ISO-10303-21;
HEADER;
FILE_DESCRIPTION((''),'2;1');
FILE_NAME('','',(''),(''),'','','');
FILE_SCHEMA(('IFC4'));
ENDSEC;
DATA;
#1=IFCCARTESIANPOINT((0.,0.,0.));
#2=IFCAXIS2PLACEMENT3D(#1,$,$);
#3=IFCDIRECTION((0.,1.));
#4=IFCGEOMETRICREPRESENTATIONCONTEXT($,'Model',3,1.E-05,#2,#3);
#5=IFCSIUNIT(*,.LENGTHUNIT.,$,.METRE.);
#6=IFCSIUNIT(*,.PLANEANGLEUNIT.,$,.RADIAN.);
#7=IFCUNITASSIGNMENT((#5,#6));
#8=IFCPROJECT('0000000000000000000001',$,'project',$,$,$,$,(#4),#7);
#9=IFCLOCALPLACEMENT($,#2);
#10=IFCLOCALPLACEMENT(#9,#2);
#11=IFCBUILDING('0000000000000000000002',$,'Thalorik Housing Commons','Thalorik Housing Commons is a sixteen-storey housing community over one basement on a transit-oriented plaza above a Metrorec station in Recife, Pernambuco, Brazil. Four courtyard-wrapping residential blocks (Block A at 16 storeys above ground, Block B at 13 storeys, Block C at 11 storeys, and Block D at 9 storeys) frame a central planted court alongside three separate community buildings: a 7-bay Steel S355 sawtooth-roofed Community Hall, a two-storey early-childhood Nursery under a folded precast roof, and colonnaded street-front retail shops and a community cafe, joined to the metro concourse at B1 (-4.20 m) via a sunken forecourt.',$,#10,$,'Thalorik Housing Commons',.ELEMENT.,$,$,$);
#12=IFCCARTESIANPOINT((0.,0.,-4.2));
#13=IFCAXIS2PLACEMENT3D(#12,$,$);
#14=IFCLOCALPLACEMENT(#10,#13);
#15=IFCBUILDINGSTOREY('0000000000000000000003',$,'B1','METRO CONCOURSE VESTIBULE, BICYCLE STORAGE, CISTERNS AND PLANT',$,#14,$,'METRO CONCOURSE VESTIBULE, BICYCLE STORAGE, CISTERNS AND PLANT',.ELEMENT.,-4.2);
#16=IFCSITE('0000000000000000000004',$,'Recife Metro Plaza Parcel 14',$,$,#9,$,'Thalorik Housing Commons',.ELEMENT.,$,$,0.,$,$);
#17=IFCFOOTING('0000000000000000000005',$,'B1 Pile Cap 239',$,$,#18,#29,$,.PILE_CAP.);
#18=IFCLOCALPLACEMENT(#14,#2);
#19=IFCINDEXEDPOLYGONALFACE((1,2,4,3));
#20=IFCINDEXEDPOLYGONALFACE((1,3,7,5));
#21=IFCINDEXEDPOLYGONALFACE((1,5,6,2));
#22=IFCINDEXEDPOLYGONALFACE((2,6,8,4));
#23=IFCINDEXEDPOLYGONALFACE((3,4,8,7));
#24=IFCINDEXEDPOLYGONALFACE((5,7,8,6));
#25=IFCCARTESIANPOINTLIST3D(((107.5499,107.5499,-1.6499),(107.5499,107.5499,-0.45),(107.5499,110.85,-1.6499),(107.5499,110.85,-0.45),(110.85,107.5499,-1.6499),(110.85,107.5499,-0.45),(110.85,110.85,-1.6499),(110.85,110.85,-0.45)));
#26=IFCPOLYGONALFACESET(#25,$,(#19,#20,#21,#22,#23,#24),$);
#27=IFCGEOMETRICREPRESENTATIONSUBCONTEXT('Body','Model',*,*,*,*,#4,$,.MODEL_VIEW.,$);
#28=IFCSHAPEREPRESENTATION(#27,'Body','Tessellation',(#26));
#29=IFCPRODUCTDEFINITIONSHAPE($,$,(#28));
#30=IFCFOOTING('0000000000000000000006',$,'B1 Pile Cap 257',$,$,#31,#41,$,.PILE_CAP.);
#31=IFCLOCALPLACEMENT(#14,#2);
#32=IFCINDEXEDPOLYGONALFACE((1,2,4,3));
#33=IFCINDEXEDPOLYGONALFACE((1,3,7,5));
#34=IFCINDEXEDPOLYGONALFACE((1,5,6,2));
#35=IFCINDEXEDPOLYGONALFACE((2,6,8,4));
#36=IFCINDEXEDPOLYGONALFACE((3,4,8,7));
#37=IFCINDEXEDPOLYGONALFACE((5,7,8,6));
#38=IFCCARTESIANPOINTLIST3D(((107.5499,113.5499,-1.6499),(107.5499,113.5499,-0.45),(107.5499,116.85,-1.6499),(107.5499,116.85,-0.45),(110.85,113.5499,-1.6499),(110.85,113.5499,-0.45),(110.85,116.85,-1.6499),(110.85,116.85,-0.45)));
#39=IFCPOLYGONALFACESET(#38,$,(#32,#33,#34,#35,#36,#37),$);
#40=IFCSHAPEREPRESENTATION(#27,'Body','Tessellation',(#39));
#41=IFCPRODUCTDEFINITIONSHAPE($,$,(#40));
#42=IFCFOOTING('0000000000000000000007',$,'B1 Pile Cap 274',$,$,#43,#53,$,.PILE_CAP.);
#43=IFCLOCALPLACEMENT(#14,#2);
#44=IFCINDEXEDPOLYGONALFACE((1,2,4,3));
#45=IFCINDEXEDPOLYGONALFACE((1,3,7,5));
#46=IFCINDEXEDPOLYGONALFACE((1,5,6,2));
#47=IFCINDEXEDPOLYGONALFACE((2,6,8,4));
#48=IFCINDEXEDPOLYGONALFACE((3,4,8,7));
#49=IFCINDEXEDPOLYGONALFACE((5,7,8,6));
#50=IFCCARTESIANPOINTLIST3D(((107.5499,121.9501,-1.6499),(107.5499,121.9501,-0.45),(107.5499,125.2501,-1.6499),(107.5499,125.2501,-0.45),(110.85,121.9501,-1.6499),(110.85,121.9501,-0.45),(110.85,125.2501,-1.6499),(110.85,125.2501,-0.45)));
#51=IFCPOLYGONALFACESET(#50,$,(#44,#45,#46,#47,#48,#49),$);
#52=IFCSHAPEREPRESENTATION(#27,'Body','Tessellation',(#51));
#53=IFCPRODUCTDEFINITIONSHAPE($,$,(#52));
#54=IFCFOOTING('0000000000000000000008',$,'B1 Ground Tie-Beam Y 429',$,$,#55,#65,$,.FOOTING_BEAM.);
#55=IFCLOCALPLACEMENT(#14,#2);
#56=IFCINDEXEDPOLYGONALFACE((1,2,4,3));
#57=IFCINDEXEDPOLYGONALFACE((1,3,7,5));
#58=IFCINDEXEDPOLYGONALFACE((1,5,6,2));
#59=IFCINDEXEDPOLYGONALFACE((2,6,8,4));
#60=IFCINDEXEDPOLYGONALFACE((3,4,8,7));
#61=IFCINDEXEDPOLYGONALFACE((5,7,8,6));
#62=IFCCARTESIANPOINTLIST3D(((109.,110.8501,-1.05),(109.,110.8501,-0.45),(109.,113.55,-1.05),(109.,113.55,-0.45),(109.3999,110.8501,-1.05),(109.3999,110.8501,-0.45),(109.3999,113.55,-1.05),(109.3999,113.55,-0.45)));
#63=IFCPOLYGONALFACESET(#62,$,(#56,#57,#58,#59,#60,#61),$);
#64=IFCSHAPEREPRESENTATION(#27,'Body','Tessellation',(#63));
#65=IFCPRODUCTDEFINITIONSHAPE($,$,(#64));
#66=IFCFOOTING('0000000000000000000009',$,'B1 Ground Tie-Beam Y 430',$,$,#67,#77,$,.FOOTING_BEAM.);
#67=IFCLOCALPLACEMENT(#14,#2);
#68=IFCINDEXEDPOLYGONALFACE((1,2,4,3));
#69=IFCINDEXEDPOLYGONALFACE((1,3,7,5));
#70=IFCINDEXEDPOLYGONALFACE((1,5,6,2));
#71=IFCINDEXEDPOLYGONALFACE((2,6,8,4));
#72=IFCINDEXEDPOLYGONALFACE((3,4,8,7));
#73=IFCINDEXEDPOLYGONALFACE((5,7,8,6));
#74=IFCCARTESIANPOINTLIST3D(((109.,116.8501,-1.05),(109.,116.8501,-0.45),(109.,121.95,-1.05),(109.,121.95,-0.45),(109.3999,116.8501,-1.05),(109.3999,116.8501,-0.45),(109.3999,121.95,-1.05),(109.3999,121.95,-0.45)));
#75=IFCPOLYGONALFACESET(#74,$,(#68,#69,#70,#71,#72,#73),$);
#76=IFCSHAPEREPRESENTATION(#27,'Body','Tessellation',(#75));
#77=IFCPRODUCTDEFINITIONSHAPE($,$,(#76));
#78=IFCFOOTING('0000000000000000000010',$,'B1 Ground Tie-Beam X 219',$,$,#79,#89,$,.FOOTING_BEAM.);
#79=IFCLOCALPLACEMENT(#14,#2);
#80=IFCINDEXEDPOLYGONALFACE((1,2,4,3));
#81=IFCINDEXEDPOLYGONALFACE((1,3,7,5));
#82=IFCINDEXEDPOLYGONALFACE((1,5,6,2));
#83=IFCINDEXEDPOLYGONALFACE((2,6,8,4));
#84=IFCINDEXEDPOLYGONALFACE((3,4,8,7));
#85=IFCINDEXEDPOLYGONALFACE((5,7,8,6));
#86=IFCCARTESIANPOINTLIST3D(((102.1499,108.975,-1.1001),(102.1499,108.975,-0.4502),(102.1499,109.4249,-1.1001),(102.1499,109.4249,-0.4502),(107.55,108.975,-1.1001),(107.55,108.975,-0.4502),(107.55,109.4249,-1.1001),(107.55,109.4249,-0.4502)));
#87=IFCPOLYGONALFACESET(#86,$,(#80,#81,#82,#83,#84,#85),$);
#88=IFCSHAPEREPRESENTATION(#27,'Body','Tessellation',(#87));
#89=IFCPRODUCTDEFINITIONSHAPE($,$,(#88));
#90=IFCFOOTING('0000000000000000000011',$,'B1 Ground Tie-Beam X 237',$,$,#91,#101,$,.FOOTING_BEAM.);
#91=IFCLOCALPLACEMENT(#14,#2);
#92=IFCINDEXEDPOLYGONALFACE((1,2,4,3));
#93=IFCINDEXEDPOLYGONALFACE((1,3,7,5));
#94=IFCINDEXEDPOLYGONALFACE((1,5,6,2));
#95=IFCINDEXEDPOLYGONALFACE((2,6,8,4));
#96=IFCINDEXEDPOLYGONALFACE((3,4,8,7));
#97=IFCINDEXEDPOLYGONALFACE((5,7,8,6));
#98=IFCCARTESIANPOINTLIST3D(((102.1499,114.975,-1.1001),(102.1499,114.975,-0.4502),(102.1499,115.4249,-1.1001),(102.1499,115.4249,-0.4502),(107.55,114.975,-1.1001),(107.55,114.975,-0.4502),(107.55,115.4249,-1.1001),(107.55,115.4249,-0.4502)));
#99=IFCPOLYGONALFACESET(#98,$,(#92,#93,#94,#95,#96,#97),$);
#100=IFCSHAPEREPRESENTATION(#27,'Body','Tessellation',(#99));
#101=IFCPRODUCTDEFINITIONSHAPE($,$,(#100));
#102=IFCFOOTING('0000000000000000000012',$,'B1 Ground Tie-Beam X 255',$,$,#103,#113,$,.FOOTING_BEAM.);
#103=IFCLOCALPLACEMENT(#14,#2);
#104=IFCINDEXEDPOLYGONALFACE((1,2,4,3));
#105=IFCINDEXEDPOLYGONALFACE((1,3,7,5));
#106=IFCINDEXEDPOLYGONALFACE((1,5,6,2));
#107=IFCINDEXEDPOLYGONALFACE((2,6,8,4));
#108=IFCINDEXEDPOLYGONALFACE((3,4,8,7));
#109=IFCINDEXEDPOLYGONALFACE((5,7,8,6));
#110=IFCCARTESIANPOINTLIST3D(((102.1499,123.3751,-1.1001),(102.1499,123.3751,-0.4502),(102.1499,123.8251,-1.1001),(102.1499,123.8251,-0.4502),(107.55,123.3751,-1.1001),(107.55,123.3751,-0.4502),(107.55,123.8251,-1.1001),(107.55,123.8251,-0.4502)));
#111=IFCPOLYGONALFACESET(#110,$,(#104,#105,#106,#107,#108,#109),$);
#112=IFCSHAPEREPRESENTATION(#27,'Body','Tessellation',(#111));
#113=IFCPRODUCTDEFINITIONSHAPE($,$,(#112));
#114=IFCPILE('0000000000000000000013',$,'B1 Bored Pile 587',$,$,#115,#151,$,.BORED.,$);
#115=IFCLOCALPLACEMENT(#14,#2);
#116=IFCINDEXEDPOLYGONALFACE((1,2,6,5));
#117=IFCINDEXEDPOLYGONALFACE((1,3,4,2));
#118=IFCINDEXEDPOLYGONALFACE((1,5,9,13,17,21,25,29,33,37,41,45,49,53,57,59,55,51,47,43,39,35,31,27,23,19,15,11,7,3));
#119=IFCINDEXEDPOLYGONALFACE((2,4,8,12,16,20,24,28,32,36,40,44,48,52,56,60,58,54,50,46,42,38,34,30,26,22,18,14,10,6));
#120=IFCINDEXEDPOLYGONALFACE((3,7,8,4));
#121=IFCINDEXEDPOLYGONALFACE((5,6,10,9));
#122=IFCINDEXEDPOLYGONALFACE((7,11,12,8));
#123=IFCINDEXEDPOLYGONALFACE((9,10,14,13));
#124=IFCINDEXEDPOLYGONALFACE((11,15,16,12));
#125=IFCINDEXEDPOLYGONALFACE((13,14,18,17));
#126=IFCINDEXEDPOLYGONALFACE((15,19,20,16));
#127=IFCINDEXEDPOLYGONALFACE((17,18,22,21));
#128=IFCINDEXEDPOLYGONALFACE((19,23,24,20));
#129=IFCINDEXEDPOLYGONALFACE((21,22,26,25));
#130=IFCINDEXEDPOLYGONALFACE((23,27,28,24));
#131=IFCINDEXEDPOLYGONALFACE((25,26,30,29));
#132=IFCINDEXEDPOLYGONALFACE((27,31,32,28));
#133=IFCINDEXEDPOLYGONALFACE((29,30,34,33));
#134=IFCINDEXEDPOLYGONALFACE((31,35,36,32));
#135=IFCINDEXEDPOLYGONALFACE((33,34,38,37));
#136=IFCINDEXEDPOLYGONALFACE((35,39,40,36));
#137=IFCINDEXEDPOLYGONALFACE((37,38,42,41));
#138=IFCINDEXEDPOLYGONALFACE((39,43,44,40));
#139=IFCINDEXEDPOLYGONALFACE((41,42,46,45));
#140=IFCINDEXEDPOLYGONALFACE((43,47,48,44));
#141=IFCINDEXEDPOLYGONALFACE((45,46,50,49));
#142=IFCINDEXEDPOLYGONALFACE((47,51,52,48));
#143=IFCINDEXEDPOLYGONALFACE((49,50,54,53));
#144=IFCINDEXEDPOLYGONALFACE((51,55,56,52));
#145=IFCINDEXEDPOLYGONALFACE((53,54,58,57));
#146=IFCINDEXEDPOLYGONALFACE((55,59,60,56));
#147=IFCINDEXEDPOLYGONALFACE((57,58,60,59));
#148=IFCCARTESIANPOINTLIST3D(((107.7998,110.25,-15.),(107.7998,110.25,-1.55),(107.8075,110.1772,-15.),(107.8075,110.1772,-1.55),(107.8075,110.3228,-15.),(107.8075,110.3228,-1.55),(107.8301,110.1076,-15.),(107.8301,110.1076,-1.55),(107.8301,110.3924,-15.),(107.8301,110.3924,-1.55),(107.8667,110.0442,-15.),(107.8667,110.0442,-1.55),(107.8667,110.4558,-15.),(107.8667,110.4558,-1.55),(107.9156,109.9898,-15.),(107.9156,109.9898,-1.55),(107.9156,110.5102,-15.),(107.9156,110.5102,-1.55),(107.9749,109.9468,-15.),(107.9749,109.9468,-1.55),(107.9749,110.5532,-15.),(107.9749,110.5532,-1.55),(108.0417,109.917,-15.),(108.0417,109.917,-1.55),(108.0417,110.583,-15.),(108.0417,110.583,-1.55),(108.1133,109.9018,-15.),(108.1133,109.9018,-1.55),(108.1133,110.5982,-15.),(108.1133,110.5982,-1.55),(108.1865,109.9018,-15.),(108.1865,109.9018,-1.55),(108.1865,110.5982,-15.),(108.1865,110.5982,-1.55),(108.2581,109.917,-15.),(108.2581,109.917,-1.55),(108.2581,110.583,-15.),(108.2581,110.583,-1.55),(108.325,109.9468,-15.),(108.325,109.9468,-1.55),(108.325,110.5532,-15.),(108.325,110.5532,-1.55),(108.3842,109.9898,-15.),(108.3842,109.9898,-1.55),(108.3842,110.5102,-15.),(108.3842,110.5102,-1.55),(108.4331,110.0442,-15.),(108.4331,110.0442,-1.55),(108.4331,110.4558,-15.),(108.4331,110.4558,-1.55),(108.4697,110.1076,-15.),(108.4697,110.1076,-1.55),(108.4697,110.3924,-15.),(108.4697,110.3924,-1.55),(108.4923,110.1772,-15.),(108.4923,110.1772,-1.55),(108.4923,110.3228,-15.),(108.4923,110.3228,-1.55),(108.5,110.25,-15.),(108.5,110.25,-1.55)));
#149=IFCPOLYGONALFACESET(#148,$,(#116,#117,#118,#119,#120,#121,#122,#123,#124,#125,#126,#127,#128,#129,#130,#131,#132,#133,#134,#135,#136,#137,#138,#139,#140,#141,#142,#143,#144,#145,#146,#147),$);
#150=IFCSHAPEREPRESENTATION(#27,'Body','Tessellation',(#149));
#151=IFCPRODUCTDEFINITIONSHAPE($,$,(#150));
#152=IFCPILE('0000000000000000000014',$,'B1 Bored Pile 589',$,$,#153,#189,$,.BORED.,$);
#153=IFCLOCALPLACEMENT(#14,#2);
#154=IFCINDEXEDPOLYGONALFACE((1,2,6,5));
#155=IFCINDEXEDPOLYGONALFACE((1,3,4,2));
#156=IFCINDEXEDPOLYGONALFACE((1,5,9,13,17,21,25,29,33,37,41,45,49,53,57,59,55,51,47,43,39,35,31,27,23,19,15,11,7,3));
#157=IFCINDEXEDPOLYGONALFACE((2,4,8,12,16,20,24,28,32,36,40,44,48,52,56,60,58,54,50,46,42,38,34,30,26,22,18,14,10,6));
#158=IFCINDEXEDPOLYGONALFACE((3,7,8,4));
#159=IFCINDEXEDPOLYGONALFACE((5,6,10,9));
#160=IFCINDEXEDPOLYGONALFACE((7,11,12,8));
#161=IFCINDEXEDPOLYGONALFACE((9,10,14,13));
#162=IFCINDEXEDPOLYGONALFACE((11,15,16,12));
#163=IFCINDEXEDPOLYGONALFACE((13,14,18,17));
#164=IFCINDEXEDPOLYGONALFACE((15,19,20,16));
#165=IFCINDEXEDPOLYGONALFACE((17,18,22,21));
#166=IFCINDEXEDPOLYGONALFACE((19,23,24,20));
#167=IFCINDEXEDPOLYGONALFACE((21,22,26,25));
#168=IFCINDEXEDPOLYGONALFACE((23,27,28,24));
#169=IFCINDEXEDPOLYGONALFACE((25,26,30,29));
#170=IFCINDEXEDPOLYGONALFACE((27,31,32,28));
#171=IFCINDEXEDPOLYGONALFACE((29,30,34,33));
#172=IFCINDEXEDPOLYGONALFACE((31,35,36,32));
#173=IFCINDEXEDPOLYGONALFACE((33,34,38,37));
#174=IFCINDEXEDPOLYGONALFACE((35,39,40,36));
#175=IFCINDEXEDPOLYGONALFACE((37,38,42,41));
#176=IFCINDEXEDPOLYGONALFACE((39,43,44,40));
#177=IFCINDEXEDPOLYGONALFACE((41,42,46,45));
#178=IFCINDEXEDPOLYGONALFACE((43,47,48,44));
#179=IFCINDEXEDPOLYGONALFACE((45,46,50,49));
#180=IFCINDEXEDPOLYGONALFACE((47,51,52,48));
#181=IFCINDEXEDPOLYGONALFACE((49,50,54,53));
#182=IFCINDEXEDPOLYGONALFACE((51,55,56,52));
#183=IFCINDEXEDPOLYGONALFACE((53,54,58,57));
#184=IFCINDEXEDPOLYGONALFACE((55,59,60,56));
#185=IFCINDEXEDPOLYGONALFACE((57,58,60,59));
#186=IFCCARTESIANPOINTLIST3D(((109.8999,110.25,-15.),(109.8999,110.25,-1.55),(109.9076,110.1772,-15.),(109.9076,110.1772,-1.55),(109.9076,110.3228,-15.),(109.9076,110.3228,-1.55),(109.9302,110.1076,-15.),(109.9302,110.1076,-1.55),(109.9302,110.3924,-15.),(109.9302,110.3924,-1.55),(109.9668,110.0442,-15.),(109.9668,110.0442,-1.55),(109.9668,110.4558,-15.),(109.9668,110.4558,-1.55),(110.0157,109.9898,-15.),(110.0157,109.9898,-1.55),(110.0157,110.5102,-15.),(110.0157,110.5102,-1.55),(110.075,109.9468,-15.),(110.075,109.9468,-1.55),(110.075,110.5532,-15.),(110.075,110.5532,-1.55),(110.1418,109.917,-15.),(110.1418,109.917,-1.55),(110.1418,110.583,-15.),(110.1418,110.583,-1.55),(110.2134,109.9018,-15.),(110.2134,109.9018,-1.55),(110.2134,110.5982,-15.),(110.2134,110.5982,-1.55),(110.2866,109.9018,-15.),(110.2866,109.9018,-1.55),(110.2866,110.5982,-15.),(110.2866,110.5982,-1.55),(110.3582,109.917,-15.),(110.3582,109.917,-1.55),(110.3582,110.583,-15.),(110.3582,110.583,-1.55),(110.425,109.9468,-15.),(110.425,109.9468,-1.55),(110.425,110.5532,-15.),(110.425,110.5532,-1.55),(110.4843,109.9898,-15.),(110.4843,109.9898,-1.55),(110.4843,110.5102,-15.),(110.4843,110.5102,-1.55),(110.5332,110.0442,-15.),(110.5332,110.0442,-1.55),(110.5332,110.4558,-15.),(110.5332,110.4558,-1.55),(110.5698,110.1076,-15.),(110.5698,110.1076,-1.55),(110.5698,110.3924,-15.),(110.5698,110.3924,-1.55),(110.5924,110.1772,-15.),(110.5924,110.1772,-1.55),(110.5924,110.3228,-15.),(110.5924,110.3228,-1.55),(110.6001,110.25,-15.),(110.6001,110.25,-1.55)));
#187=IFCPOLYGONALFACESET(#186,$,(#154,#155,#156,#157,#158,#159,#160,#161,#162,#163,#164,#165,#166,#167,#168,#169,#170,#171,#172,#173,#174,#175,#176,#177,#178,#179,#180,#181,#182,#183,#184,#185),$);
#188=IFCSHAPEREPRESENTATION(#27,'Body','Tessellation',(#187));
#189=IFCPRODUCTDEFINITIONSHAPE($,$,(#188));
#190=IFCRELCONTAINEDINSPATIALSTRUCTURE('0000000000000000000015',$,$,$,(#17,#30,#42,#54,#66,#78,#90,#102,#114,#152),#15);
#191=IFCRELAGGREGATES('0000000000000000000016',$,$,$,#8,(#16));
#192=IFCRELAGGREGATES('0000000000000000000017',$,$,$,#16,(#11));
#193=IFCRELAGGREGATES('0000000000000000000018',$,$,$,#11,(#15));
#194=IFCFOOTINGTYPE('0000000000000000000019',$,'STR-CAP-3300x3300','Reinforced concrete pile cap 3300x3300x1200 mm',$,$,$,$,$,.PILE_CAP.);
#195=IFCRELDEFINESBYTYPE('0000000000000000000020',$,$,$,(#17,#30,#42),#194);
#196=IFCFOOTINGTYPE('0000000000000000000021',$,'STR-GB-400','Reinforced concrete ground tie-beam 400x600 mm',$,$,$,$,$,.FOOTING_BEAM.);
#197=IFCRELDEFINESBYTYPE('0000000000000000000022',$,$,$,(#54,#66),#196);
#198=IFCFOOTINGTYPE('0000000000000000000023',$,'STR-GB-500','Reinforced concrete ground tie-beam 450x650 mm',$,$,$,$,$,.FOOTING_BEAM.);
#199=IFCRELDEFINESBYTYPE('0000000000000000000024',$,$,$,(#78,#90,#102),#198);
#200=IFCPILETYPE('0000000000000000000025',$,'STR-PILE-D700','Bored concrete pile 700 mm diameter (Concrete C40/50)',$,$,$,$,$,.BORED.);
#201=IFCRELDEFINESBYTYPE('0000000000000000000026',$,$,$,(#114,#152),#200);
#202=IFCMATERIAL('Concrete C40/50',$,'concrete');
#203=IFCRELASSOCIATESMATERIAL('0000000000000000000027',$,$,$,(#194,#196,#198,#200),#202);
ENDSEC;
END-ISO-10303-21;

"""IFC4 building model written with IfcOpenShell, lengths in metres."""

from ifc_helpers import new_model, si_unit, direction, frame, origin, origin_2d, place, context, subcontext, project, spatial, rectangle, circle, extrude, material, material_profile, profile_set, type_object, element, save


model = new_model("IFC4")

# Units and contexts
model_context = context("Model", 3, precision=1e-05, world=origin(), true_north=direction((0.0, 1.0)))
body_context = subcontext(model_context, "Body", "Model", "MODEL_VIEW")
ifc_project = project(units=[si_unit("LENGTHUNIT", "METRE"), si_unit("PLANEANGLEUNIT", "RADIAN")], contexts=[model_context])

# Site, building, storey
site_placement = place(None, origin())
site = spatial("IfcSite", under=ifc_project, at=site_placement, Name="Recife Metro Plaza Parcel 14", LongName="Thalorik Housing Commons", CompositionType="ELEMENT", RefElevation=0.0)
building_placement = place(site_placement, origin())
building = spatial("IfcBuilding", under=site, at=building_placement, Name="Thalorik Housing Commons", Description="Thalorik Housing Commons is a sixteen-storey housing community over one basement on a transit-oriented plaza above a Metrorec station in Recife, Pernambuco, Brazil. Four courtyard-wrapping residential blocks (Block A at 16 storeys above ground, Block B at 13 storeys, Block C at 11 storeys, and Block D at 9 storeys) frame a central planted court alongside three separate community buildings: a 7-bay Steel S355 sawtooth-roofed Community Hall, a two-storey early-childhood Nursery under a folded precast roof, and colonnaded street-front retail shops and a community cafe, joined to the metro concourse at B1 (-4.20 m) via a sunken forecourt.", LongName="Thalorik Housing Commons", CompositionType="ELEMENT")
storey_placement = place(building_placement, frame((0.0, 0.0, -4.2)))
storey = spatial("IfcBuildingStorey", under=building, at=storey_placement, Name="B1", Description="METRO CONCOURSE VESTIBULE, BICYCLE STORAGE, CISTERNS AND PLANT", LongName="METRO CONCOURSE VESTIBULE, BICYCLE STORAGE, CISTERNS AND PLANT", CompositionType="ELEMENT", Elevation=-4.2)

# Footings
ifc_material_1 = material(Name="Concrete C40/50", Category="concrete")
footing_type_1 = type_object("IfcFootingType", Name="STR-CAP-3300x3300", Description="Reinforced concrete pile cap 3300x3300x1200 mm", PredefinedType="PILE_CAP", material=ifc_material_1)
for number, where, z_axis, x_axis, name in (
    (1, (109.2, 109.2, -1.6499), (0.0, 0.0, 1.0), (1.0, 0.0, 0.0), "B1 Pile Cap 239"),
    (2, (109.2, 115.2, -1.6499), (0.0, 0.0, 1.0), (1.0, 0.0, 0.0), "B1 Pile Cap 257"),
    (3, (109.2, 123.6001, -1.6499), (0.0, 0.0, 1.0), (1.0, 0.0, 0.0), "B1 Pile Cap 274"),
):
    element("IfcFooting", number, at=place(storey_placement, frame(where, z_axis=z_axis, x_axis=x_axis)), inside=storey, type_object=footing_type_1, Name=name, PredefinedType="PILE_CAP", context=body_context, shape_type="SweptSolid", body=[
        extrude(rectangle(XDim=3.3, YDim=3.3, at=origin_2d()), origin(), (0.0, 0.0, 1.0), 1.2),
    ])
ifc_material_profile_1 = material_profile(ifc_material_1, rectangle(XDim=0.3999, YDim=0.6001, at=origin_2d()), Name="RC 400x600", Category="concrete")
ifc_profile_set_1 = profile_set([ifc_material_profile_1], Name="Concrete C40/50")
footing_type_2 = type_object("IfcFootingType", Name="STR-GB-400", Description="Reinforced concrete ground tie-beam 400x600 mm", PredefinedType="FOOTING_BEAM", material=ifc_profile_set_1)
footing_1_placement = place(storey_placement, frame((109.2, 110.8501, -0.75), z_axis=(0.0, 1.0, 0.0), x_axis=(-1.0, 0.0, 0.0)))
element("IfcFooting", 4, at=footing_1_placement, inside=storey, type_object=footing_type_2, Name="B1 Ground Tie-Beam Y 429", PredefinedType="FOOTING_BEAM", context=body_context, shape_type="SweptSolid", body=[
    extrude(rectangle(XDim=0.3999, YDim=0.6001, at=origin_2d()), origin(), (0.0, 0.0, 1.0), 2.7),
])
footing_2_placement = place(storey_placement, frame((109.2, 116.8501, -0.75), z_axis=(0.0, 1.0, 0.0), x_axis=(-1.0, 0.0, 0.0)))
element("IfcFooting", 5, at=footing_2_placement, inside=storey, type_object=footing_type_2, Name="B1 Ground Tie-Beam Y 430", PredefinedType="FOOTING_BEAM", context=body_context, shape_type="SweptSolid", body=[
    extrude(rectangle(XDim=0.3999, YDim=0.6001, at=origin_2d()), origin(), (0.0, 0.0, 1.0), 5.0999),
])
ifc_material_profile_2 = material_profile(ifc_material_1, rectangle(XDim=0.45, YDim=0.6499, at=origin_2d()), Name="RC 450x650", Category="concrete")
ifc_profile_set_2 = profile_set([ifc_material_profile_2], Name="Concrete C40/50")
footing_type_3 = type_object("IfcFootingType", Name="STR-GB-500", Description="Reinforced concrete ground tie-beam 450x650 mm", PredefinedType="FOOTING_BEAM", material=ifc_profile_set_2)
for number, where, z_axis, x_axis, name in (
    (6, (102.1499, 109.2, -0.7751), (1.0, 0.0, 0.0), (0.0, 1.0, 0.0), "B1 Ground Tie-Beam X 219"),
    (7, (102.1499, 115.2, -0.7751), (1.0, 0.0, 0.0), (0.0, 1.0, 0.0), "B1 Ground Tie-Beam X 237"),
    (8, (102.1499, 123.6001, -0.7751), (1.0, 0.0, 0.0), (0.0, 1.0, 0.0), "B1 Ground Tie-Beam X 255"),
):
    element("IfcFooting", number, at=place(storey_placement, frame(where, z_axis=z_axis, x_axis=x_axis)), inside=storey, type_object=footing_type_3, Name=name, PredefinedType="FOOTING_BEAM", context=body_context, shape_type="SweptSolid", body=[
        extrude(rectangle(XDim=0.45, YDim=0.6499, at=origin_2d()), origin(), (0.0, 0.0, 1.0), 5.4001),
    ])

# Piles
ifc_material_profile_3 = material_profile(ifc_material_1, circle(Radius=0.3501, at=origin_2d()), Name="BORED PILE D700", Category="concrete")
ifc_profile_set_3 = profile_set([ifc_material_profile_3], Name="Concrete C40/50")
pile_type = type_object("IfcPileType", Name="STR-PILE-D700", Description="Bored concrete pile 700 mm diameter (Concrete C40/50)", PredefinedType="BORED", material=ifc_profile_set_3)
for number, where, z_axis, x_axis, name in (
    (9, (108.1499, 110.25, -1.55), (0.0, 0.0, -1.0), (1.0, 0.0, 0.0), "B1 Bored Pile 587"),
    (10, (110.25, 110.25, -1.55), (0.0, 0.0, -1.0), (1.0, 0.0, 0.0), "B1 Bored Pile 589"),
):
    element("IfcPile", number, at=place(storey_placement, frame(where, z_axis=z_axis, x_axis=x_axis)), inside=storey, type_object=pile_type, Name=name, PredefinedType="BORED", context=body_context, shape_type="SweptSolid", body=[
        extrude(circle(Radius=0.3501, at=origin_2d()), origin(), (0.0, 0.0, 1.0), 13.45),
    ])

save(model, "model.ifc")
